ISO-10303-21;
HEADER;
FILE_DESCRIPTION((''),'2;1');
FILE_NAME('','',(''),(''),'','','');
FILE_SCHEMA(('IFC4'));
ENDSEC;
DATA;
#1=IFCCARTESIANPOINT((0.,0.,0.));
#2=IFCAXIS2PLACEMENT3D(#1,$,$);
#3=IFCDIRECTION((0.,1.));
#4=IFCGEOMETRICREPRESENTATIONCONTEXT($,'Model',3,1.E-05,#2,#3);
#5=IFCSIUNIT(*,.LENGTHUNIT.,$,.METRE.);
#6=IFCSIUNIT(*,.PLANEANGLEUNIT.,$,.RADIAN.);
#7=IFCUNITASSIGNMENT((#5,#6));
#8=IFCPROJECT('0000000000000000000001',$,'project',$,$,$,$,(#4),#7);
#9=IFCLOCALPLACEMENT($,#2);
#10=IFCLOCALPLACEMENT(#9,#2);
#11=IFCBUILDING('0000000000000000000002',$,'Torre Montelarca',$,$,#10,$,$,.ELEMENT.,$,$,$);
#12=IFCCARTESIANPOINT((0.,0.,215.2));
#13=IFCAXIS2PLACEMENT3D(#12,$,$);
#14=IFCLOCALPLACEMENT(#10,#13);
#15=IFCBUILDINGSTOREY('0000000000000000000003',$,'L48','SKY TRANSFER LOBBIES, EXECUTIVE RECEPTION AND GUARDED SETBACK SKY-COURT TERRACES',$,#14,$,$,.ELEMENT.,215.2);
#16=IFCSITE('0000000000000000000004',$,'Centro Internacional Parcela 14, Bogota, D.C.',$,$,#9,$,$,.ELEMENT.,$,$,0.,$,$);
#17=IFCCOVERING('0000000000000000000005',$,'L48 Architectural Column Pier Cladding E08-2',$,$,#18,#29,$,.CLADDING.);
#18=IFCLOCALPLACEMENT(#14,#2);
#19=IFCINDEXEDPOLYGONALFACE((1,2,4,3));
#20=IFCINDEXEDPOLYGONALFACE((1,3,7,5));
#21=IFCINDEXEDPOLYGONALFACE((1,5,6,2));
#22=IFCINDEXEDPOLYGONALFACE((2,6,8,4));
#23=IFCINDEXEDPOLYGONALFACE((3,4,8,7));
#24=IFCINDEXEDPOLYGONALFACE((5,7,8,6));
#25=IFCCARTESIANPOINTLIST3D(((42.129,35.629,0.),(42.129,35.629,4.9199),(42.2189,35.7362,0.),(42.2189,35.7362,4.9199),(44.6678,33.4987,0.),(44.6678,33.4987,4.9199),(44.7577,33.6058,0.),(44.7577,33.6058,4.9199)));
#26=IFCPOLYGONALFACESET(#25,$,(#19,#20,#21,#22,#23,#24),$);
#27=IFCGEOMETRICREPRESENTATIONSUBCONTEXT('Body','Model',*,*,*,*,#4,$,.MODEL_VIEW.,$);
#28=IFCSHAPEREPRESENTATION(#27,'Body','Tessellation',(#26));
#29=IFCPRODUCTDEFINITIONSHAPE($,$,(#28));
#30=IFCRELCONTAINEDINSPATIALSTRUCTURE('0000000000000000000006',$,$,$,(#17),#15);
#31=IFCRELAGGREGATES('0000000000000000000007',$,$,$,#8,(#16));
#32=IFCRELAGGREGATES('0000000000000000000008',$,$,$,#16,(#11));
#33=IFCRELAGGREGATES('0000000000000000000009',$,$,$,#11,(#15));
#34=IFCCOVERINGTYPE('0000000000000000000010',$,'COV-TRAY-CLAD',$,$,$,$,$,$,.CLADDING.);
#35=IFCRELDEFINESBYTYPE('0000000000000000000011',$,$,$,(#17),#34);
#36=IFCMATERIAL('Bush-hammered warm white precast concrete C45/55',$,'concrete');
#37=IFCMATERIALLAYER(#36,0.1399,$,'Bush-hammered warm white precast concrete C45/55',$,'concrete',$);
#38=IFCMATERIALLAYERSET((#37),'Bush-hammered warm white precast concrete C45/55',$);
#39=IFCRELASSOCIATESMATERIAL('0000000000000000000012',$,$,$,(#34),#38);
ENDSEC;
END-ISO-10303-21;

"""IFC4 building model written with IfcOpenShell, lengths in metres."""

from ifc_helpers import new_model, si_unit, direction, frame, origin, origin_2d, place, context, subcontext, project, spatial, rectangle, extrude, source, transform, mapped, material, layer, layer_set, type_object, element, save


model = new_model("IFC4")

# Units and contexts
model_context = context("Model", 3, precision=1e-05, world=origin(), true_north=direction((0.0, 1.0)))
body_context = subcontext(model_context, "Body", "Model", "MODEL_VIEW")
ifc_project = project(units=[si_unit("LENGTHUNIT", "METRE"), si_unit("PLANEANGLEUNIT", "RADIAN")], contexts=[model_context])

# Site, building, storey
site_placement = place(None, origin())
site = spatial("IfcSite", under=ifc_project, at=site_placement, Name="Centro Internacional Parcela 14, Bogota, D.C.", CompositionType="ELEMENT", RefElevation=0.0)
building_placement = place(site_placement, origin())
building = spatial("IfcBuilding", under=site, at=building_placement, Name="Torre Montelarca", CompositionType="ELEMENT")
storey_placement = place(building_placement, frame((0.0, 0.0, 215.2)))
storey = spatial("IfcBuildingStorey", under=building, at=storey_placement, Name="L48", Description="SKY TRANSFER LOBBIES, EXECUTIVE RECEPTION AND GUARDED SETBACK SKY-COURT TERRACES", CompositionType="ELEMENT", Elevation=215.2)

# Covering
ifc_material_1 = material(Name="Bush-hammered warm white precast concrete C45/55", Category="concrete")
ifc_layer_1 = layer(ifc_material_1, 0.1399, Name="Bush-hammered warm white precast concrete C45/55", Category="concrete")
ifc_layer_set_1 = layer_set([ifc_layer_1], Name="Bush-hammered warm white precast concrete C45/55")
covering_type = type_object("IfcCoveringType", Name="COV-TRAY-CLAD", PredefinedType="CLADDING", material=ifc_layer_set_1)
shared_shape_1 = source(origin(), body_context, "Body", "SweptSolid", [
    extrude(rectangle(XDim=3.3142, YDim=0.1399, at=origin_2d()), origin(), (0.0, 0.0, 1.0), 4.9199),
])
covering_1_placement = place(storey_placement, frame((43.4434, 34.6174, 0.0), z_axis=(0.0, 0.0, 1.0), x_axis=(-0.766043, 0.642789, 0.0)))
element("IfcCovering", 1, at=covering_1_placement, inside=storey, type_object=covering_type, Name="L48 Architectural Column Pier Cladding E08-2", PredefinedType="CLADDING", context=body_context, shape_type="MappedRepresentation", body=[
    mapped(shared_shape_1, transform((0.0, 0.0, 0.0), scale=1.0)),
])

save(model, "model.ifc")
